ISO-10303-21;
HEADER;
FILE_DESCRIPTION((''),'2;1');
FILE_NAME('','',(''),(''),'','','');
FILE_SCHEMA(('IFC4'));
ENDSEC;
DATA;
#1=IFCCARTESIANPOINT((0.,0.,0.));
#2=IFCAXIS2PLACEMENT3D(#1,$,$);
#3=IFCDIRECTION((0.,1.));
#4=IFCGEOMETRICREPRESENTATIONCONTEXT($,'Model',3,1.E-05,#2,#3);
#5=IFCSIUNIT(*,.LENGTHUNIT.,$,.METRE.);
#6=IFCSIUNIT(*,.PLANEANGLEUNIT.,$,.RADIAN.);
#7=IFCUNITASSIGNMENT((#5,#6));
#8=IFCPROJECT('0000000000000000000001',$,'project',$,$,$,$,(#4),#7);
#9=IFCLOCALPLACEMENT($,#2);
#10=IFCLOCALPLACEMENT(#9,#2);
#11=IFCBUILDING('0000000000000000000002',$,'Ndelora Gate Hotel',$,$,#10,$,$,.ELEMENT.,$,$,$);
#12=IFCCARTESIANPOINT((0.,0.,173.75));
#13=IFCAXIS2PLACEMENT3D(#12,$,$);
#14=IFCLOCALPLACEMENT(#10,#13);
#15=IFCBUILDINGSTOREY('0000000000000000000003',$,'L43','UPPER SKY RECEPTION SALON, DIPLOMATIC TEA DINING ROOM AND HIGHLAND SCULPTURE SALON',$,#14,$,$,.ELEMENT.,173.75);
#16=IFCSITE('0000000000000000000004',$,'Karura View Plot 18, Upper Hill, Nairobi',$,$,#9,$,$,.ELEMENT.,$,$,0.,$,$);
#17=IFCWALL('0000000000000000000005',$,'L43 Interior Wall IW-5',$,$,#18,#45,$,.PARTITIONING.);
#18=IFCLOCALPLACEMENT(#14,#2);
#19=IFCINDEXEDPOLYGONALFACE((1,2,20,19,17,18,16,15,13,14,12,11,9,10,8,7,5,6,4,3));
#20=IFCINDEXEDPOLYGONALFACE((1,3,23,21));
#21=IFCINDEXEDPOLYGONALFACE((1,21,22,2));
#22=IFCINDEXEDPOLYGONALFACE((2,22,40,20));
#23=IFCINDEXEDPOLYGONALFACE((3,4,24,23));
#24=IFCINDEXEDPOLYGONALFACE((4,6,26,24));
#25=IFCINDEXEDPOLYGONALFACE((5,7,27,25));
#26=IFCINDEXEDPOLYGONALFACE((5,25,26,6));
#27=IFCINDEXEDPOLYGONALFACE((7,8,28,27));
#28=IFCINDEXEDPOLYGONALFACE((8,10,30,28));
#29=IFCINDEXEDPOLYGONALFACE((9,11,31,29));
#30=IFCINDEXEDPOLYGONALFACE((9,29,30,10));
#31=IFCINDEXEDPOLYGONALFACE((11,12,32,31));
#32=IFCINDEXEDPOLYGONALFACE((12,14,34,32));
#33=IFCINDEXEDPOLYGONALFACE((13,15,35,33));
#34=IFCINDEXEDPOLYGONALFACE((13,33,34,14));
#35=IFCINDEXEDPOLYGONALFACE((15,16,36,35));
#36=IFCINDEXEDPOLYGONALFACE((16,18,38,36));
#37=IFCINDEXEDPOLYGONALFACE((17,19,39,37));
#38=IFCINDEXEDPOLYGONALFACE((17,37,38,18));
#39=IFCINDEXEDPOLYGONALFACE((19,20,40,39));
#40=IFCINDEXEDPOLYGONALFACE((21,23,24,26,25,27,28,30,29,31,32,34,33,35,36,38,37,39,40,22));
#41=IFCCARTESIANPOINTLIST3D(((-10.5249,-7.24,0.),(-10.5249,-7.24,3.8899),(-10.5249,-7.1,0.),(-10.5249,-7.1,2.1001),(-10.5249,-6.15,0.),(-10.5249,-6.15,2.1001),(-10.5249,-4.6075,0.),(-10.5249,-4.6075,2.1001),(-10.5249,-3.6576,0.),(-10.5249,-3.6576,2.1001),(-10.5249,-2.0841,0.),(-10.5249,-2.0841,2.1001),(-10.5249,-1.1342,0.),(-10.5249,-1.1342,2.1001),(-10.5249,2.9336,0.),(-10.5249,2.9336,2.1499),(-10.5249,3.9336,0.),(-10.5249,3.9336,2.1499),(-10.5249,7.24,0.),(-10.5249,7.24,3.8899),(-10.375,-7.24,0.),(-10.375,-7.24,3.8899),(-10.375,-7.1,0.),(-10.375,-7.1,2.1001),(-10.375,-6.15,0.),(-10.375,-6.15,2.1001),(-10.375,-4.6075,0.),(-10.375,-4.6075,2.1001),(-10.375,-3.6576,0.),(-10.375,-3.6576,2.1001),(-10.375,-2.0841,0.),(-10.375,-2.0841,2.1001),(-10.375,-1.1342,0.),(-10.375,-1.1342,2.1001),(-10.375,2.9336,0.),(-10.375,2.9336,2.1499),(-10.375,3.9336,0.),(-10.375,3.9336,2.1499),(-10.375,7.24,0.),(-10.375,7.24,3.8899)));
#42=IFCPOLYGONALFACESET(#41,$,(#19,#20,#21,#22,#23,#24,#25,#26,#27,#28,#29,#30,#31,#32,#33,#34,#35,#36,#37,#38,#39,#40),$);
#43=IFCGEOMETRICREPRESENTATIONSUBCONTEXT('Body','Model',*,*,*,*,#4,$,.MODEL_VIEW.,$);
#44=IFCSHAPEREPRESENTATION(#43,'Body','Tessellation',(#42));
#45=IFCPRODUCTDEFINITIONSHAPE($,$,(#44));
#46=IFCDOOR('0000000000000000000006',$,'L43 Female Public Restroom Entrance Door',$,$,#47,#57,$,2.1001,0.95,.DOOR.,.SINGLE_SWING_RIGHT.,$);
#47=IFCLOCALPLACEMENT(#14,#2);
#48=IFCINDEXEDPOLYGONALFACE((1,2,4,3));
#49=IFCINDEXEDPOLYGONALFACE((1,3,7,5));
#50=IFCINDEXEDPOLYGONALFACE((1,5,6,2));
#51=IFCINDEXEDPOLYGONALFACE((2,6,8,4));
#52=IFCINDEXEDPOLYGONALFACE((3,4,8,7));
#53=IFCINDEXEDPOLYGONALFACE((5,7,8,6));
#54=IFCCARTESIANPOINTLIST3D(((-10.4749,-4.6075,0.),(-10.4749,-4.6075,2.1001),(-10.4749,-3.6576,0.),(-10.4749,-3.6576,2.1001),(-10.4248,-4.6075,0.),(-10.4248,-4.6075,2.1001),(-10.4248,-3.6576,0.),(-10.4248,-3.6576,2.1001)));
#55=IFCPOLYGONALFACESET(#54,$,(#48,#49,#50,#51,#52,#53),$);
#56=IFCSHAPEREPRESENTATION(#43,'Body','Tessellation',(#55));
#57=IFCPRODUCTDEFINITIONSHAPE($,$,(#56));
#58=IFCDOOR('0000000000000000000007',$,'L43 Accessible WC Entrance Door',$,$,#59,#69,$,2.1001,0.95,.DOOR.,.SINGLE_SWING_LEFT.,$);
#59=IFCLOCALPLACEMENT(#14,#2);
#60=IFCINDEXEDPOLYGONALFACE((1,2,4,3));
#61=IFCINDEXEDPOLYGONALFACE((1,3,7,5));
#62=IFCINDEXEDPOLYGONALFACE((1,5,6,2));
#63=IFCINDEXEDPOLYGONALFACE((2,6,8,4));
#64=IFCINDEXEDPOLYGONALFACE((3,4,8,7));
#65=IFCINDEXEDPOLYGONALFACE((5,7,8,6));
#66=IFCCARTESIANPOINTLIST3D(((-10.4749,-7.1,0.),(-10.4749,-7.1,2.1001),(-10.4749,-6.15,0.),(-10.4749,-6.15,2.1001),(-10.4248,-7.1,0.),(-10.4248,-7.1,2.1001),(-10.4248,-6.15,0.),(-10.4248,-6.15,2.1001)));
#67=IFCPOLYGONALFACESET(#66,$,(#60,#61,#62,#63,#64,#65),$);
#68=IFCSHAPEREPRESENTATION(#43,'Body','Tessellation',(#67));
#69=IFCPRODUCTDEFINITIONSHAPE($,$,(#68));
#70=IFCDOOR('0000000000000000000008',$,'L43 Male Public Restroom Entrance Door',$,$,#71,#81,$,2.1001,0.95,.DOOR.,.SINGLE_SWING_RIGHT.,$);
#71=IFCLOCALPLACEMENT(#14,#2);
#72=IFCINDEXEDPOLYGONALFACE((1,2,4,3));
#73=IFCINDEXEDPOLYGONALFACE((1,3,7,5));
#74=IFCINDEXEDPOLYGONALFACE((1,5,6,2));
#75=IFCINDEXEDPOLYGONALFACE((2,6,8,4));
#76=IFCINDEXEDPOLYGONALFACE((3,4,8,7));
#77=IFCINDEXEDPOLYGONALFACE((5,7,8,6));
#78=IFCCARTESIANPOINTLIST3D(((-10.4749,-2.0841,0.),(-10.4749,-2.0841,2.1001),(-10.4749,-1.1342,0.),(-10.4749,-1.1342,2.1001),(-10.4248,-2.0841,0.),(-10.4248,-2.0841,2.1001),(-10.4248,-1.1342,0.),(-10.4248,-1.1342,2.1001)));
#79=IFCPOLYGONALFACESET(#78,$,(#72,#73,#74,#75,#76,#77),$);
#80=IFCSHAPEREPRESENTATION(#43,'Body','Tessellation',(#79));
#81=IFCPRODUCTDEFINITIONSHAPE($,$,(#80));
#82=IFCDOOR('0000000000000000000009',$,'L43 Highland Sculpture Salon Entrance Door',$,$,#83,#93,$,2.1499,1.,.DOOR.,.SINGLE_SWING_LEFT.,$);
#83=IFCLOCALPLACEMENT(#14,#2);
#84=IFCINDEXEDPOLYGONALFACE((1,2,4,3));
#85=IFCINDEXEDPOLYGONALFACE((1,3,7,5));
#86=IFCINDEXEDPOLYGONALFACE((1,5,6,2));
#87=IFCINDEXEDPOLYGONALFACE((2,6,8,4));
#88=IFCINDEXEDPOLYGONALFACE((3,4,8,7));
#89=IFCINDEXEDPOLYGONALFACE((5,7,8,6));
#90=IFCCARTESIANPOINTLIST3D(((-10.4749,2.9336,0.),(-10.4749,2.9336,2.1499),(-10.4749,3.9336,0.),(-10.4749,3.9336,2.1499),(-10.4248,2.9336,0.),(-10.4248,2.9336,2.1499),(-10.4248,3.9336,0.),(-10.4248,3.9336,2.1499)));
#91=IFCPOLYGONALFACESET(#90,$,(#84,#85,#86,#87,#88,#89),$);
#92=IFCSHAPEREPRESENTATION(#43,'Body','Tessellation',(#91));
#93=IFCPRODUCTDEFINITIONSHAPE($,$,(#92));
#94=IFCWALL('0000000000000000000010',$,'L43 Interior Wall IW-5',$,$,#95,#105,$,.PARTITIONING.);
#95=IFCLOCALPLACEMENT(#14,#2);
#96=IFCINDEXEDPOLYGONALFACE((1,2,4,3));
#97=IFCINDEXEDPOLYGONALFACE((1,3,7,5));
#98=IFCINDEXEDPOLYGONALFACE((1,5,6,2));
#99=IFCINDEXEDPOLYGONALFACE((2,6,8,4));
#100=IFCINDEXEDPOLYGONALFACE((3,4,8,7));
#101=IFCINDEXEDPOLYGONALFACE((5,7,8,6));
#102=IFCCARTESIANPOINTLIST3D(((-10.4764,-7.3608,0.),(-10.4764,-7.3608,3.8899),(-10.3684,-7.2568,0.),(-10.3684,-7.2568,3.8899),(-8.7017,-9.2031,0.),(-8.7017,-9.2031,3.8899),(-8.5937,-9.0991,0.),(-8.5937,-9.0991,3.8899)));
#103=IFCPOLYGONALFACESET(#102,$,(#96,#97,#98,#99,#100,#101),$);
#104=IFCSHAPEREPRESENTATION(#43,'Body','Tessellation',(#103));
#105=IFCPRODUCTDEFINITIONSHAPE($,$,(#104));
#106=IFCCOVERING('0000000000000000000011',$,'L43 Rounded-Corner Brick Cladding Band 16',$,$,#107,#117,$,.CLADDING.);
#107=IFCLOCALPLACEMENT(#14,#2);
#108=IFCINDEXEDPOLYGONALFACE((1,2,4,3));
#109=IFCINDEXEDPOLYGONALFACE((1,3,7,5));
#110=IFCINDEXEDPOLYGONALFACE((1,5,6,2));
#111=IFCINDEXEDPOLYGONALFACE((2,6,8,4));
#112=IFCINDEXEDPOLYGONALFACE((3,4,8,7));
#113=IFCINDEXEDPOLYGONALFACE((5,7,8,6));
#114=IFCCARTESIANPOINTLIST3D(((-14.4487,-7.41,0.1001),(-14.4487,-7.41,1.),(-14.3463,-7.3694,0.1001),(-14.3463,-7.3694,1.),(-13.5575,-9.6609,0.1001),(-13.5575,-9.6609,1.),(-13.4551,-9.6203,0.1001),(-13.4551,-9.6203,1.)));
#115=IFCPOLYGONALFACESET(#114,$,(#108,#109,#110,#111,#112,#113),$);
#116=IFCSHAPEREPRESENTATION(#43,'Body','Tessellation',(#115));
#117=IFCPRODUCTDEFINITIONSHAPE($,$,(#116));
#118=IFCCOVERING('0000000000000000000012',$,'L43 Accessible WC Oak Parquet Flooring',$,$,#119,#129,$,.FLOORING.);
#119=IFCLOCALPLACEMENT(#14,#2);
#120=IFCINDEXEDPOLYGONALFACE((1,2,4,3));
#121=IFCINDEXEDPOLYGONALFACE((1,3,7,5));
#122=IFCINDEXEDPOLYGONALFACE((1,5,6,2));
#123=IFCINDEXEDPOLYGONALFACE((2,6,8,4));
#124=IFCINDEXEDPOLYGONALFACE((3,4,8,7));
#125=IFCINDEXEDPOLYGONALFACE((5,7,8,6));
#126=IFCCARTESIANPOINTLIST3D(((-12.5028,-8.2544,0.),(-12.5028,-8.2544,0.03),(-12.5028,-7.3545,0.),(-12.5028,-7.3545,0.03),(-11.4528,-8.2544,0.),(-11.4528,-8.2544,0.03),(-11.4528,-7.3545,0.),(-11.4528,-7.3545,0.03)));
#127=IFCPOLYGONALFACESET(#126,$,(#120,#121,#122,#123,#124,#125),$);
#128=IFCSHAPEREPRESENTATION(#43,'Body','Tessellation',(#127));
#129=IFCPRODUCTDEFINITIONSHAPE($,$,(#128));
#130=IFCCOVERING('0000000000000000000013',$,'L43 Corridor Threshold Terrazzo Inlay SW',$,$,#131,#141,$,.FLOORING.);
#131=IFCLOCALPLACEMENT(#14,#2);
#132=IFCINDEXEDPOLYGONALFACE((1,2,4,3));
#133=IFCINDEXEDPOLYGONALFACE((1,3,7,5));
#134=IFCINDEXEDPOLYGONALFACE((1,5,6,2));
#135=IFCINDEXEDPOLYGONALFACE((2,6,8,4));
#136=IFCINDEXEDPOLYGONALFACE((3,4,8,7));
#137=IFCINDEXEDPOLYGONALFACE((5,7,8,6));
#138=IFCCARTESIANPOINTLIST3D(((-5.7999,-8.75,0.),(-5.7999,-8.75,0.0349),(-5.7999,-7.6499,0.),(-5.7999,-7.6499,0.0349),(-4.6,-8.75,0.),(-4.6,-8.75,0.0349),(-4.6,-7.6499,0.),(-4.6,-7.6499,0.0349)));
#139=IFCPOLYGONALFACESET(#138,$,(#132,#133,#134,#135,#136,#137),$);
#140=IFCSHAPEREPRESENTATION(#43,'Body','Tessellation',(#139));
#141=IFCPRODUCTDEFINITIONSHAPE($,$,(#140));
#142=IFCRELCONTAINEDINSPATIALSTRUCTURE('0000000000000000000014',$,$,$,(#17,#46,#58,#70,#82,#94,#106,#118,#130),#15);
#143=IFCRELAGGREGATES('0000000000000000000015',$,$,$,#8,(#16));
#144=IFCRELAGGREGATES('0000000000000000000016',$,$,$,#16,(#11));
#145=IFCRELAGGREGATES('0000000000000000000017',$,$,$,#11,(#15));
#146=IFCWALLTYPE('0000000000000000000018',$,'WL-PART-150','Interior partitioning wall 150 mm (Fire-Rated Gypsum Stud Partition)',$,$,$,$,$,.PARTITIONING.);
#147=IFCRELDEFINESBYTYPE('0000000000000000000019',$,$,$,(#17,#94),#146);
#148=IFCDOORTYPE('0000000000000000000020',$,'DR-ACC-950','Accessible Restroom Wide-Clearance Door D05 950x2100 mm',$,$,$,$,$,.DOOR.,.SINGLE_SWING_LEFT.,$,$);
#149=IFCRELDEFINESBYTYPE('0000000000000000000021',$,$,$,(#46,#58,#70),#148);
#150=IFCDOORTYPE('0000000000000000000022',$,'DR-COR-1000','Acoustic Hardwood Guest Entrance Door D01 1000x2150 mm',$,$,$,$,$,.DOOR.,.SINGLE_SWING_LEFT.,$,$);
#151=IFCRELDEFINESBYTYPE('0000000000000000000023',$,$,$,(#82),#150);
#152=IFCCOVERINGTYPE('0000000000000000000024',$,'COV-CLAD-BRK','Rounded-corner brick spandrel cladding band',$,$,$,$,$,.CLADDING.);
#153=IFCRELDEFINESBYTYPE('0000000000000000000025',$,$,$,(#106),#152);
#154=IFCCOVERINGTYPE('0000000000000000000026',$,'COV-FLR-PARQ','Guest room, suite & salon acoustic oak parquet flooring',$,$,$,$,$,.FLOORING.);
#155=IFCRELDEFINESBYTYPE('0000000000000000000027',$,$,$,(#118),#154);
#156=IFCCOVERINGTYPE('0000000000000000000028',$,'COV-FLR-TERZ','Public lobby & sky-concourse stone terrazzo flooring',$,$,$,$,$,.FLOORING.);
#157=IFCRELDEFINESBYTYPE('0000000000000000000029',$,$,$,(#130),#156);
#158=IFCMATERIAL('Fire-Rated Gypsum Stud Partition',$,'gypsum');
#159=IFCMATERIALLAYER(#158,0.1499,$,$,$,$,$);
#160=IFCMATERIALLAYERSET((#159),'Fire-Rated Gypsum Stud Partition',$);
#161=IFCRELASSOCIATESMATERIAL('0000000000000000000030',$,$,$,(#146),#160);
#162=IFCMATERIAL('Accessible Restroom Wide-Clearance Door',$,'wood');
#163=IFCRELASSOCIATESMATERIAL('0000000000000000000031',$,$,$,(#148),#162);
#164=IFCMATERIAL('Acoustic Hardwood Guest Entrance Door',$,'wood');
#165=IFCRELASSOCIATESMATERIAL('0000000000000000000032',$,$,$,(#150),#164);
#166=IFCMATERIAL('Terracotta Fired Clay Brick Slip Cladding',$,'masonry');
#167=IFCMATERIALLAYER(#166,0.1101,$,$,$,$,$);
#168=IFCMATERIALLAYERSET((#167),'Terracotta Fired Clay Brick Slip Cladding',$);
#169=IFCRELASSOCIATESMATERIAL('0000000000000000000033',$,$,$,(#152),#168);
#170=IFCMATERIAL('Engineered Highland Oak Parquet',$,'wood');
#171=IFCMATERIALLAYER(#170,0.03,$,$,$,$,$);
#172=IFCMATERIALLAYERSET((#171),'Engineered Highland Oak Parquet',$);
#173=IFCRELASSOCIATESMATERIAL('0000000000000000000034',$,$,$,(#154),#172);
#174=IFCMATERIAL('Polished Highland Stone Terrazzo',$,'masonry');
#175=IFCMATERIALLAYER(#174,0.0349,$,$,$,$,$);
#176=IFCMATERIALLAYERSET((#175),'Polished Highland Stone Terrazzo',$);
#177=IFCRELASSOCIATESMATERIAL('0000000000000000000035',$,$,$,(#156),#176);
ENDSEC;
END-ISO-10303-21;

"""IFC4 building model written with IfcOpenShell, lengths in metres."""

from ifc_helpers import new_model, si_unit, direction, frame, frame_2d, origin, origin_2d, place, context, subcontext, project, spatial, rectangle, extrude, material, layer, layer_set, type_object, element, fill, save


model = new_model("IFC4")

# Units and contexts
model_context = context("Model", 3, precision=1e-05, world=origin(), true_north=direction((0.0, 1.0)))
body_context = subcontext(model_context, "Body", "Model", "MODEL_VIEW")
ifc_project = project(units=[si_unit("LENGTHUNIT", "METRE"), si_unit("PLANEANGLEUNIT", "RADIAN")], contexts=[model_context])

# Site, building, storey
site_placement = place(None, origin())
site = spatial("IfcSite", under=ifc_project, at=site_placement, Name="Karura View Plot 18, Upper Hill, Nairobi", CompositionType="ELEMENT", RefElevation=0.0)
building_placement = place(site_placement, origin())
building = spatial("IfcBuilding", under=site, at=building_placement, Name="Ndelora Gate Hotel", CompositionType="ELEMENT")
storey_placement = place(building_placement, frame((0.0, 0.0, 173.75)))
storey = spatial("IfcBuildingStorey", under=building, at=storey_placement, Name="L43", Description="UPPER SKY RECEPTION SALON, DIPLOMATIC TEA DINING ROOM AND HIGHLAND SCULPTURE SALON", CompositionType="ELEMENT", Elevation=173.75)

# Wall, openings, doors
ifc_material_1 = material(Name="Fire-Rated Gypsum Stud Partition", Category="gypsum")
ifc_layer_1 = layer(ifc_material_1, 0.1499)
ifc_layer_set_1 = layer_set([ifc_layer_1], Name="Fire-Rated Gypsum Stud Partition")
wall_type_1 = type_object("IfcWallType", Name="WL-PART-150", Description="Interior partitioning wall 150 mm (Fire-Rated Gypsum Stud Partition)", PredefinedType="PARTITIONING", material=ifc_layer_set_1)
wall_1_placement = place(storey_placement, frame((-10.45, -7.24, 0.0), z_axis=(0.0, 0.0, 1.0), x_axis=(0.0, 1.0, 0.0)))
wall_1 = element("IfcWall", 1, at=wall_1_placement, inside=storey, type_object=wall_type_1, Name="L43 Interior Wall IW-5", PredefinedType="PARTITIONING", context=body_context, shape_type="SweptSolid", body=[
    extrude(rectangle(XDim=14.48, YDim=0.1499, at=frame_2d((7.24, 0.0))), origin(), (0.0, 0.0, 1.0), 3.8899),
])
opening_1_placement = place(wall_1_placement, frame((2.6323, 0.0, 0.0)))
opening_1 = element("IfcOpeningElement", 2, at=opening_1_placement, cuts=wall_1, PredefinedType="OPENING", context=body_context, shape_type="SweptSolid", body=[
    extrude(rectangle(XDim=0.95, YDim=2.1001, at=frame_2d((0.4751, 1.05))), frame((0.0, 0.085, 0.0), z_axis=(0.0, -1.0, 0.0), x_axis=(1.0, 0.0, 0.0)), (0.0, 0.0, 1.0), 0.1699),
])
opening_2_placement = place(wall_1_placement, frame((0.1399, 0.0, 0.0)))
opening_2 = element("IfcOpeningElement", 3, at=opening_2_placement, cuts=wall_1, PredefinedType="OPENING", context=body_context, shape_type="SweptSolid", body=[
    extrude(rectangle(XDim=0.95, YDim=2.1001, at=frame_2d((0.4751, 1.05))), frame((0.0, 0.085, 0.0), z_axis=(0.0, -1.0, 0.0), x_axis=(1.0, 0.0, 0.0)), (0.0, 0.0, 1.0), 0.1699),
])
opening_3_placement = place(wall_1_placement, frame((5.1558, 0.0, 0.0)))
opening_3 = element("IfcOpeningElement", 4, at=opening_3_placement, cuts=wall_1, PredefinedType="OPENING", context=body_context, shape_type="SweptSolid", body=[
    extrude(rectangle(XDim=0.95, YDim=2.1001, at=frame_2d((0.4751, 1.05))), frame((0.0, 0.085, 0.0), z_axis=(0.0, -1.0, 0.0), x_axis=(1.0, 0.0, 0.0)), (0.0, 0.0, 1.0), 0.1699),
])
opening_4_placement = place(wall_1_placement, frame((10.1736, 0.0, 0.0)))
opening_4 = element("IfcOpeningElement", 5, at=opening_4_placement, cuts=wall_1, PredefinedType="OPENING", context=body_context, shape_type="SweptSolid", body=[
    extrude(rectangle(XDim=1.0, YDim=2.1499, at=frame_2d((0.5, 1.075))), frame((0.0, 0.085, 0.0), z_axis=(0.0, -1.0, 0.0), x_axis=(1.0, 0.0, 0.0)), (0.0, 0.0, 1.0), 0.1699),
])
ifc_material_2 = material(Name="Accessible Restroom Wide-Clearance Door", Category="wood")
door_type_1 = type_object("IfcDoorType", Name="DR-ACC-950", Description="Accessible Restroom Wide-Clearance Door D05 950x2100 mm", OperationType="SINGLE_SWING_LEFT", PredefinedType="DOOR", material=ifc_material_2)
door_1_placement = place(opening_1_placement, origin())
door_1 = element("IfcDoor", 6, at=door_1_placement, inside=storey, type_object=door_type_1, Name="L43 Female Public Restroom Entrance Door", OperationType="SINGLE_SWING_RIGHT", OverallHeight=2.1001, OverallWidth=0.95, PredefinedType="DOOR", context=body_context, shape_type="SweptSolid", body=[
    extrude(rectangle(XDim=0.95, YDim=2.1001, at=frame_2d((0.4751, 1.05))), frame((0.0, 0.0249, 0.0), z_axis=(0.0, -1.0, 0.0), x_axis=(1.0, 0.0, 0.0)), (0.0, 0.0, 1.0), 0.05),
])
fill(opening_1, door_1)
door_2_placement = place(opening_2_placement, origin())
door_2 = element("IfcDoor", 7, at=door_2_placement, inside=storey, type_object=door_type_1, Name="L43 Accessible WC Entrance Door", OperationType="SINGLE_SWING_LEFT", OverallHeight=2.1001, OverallWidth=0.95, PredefinedType="DOOR", context=body_context, shape_type="SweptSolid", body=[
    extrude(rectangle(XDim=0.95, YDim=2.1001, at=frame_2d((0.4751, 1.05))), frame((0.0, 0.0249, 0.0), z_axis=(0.0, -1.0, 0.0), x_axis=(1.0, 0.0, 0.0)), (0.0, 0.0, 1.0), 0.05),
])
fill(opening_2, door_2)
door_3_placement = place(opening_3_placement, origin())
door_3 = element("IfcDoor", 8, at=door_3_placement, inside=storey, type_object=door_type_1, Name="L43 Male Public Restroom Entrance Door", OperationType="SINGLE_SWING_RIGHT", OverallHeight=2.1001, OverallWidth=0.95, PredefinedType="DOOR", context=body_context, shape_type="SweptSolid", body=[
    extrude(rectangle(XDim=0.95, YDim=2.1001, at=frame_2d((0.4751, 1.05))), frame((0.0, 0.0249, 0.0), z_axis=(0.0, -1.0, 0.0), x_axis=(1.0, 0.0, 0.0)), (0.0, 0.0, 1.0), 0.05),
])
fill(opening_3, door_3)
ifc_material_3 = material(Name="Acoustic Hardwood Guest Entrance Door", Category="wood")
door_type_2 = type_object("IfcDoorType", Name="DR-COR-1000", Description="Acoustic Hardwood Guest Entrance Door D01 1000x2150 mm", OperationType="SINGLE_SWING_LEFT", PredefinedType="DOOR", material=ifc_material_3)
door_4_placement = place(opening_4_placement, origin())
door_4 = element("IfcDoor", 9, at=door_4_placement, inside=storey, type_object=door_type_2, Name="L43 Highland Sculpture Salon Entrance Door", OperationType="SINGLE_SWING_LEFT", OverallHeight=2.1499, OverallWidth=1.0, PredefinedType="DOOR", context=body_context, shape_type="SweptSolid", body=[
    extrude(rectangle(XDim=1.0, YDim=2.1499, at=frame_2d((0.5, 1.075))), frame((0.0, 0.0249, 0.0), z_axis=(0.0, -1.0, 0.0), x_axis=(1.0, 0.0, 0.0)), (0.0, 0.0, 1.0), 0.05),
])
fill(opening_4, door_4)

# Wall
wall_2_placement = place(storey_placement, frame((-8.6477, -9.1511, 0.0), z_axis=(0.0, 0.0, 1.0), x_axis=(-0.693765, 0.720202, 0.0)))
element("IfcWall", 10, at=wall_2_placement, inside=storey, type_object=wall_type_1, Name="L43 Interior Wall IW-5", PredefinedType="PARTITIONING", context=body_context, shape_type="SweptSolid", body=[
    extrude(rectangle(XDim=2.5581, YDim=0.1499, at=frame_2d((1.2791, 0.0))), origin(), (0.0, 0.0, 1.0), 3.8899),
])

# Coverings
ifc_material_4 = material(Name="Terracotta Fired Clay Brick Slip Cladding", Category="masonry")
ifc_layer_2 = layer(ifc_material_4, 0.1101)
ifc_layer_set_2 = layer_set([ifc_layer_2], Name="Terracotta Fired Clay Brick Slip Cladding")
covering_type_1 = type_object("IfcCoveringType", Name="COV-CLAD-BRK", Description="Rounded-corner brick spandrel cladding band", PredefinedType="CLADDING", material=ifc_layer_set_2)
covering_1_placement = place(storey_placement, frame((-13.9519, -8.5151, 0.1001), z_axis=(0.0, 0.0, 1.0), x_axis=(-0.368125, 0.929776, 0.0)))
element("IfcCovering", 11, at=covering_1_placement, inside=storey, type_object=covering_type_1, Name="L43 Rounded-Corner Brick Cladding Band 16", PredefinedType="CLADDING", context=body_context, shape_type="SweptSolid", body=[
    extrude(rectangle(XDim=2.4209, YDim=0.1101, at=origin_2d()), origin(), (0.0, 0.0, 1.0), 0.8999),
])
ifc_material_5 = material(Name="Engineered Highland Oak Parquet", Category="wood")
ifc_layer_3 = layer(ifc_material_5, 0.03)
ifc_layer_set_3 = layer_set([ifc_layer_3], Name="Engineered Highland Oak Parquet")
covering_type_2 = type_object("IfcCoveringType", Name="COV-FLR-PARQ", Description="Guest room, suite & salon acoustic oak parquet flooring", PredefinedType="FLOORING", material=ifc_layer_set_3)
covering_2_placement = place(storey_placement, frame((-11.9778, -7.8044, 0.0), z_axis=(0.0, 0.0, 1.0), x_axis=(1.0, 0.0, 0.0)))
element("IfcCovering", 12, at=covering_2_placement, inside=storey, type_object=covering_type_2, Name="L43 Accessible WC Oak Parquet Flooring", PredefinedType="FLOORING", context=body_context, shape_type="SweptSolid", body=[
    extrude(rectangle(XDim=1.05, YDim=0.8999, at=origin_2d()), origin(), (0.0, 0.0, 1.0), 0.03),
])
ifc_material_6 = material(Name="Polished Highland Stone Terrazzo", Category="masonry")
ifc_layer_4 = layer(ifc_material_6, 0.0349)
ifc_layer_set_4 = layer_set([ifc_layer_4], Name="Polished Highland Stone Terrazzo")
covering_type_3 = type_object("IfcCoveringType", Name="COV-FLR-TERZ", Description="Public lobby & sky-concourse stone terrazzo flooring", PredefinedType="FLOORING", material=ifc_layer_set_4)
covering_3_placement = place(storey_placement, frame((-5.2, -8.2, 0.0), z_axis=(0.0, 0.0, 1.0), x_axis=(1.0, 0.0, 0.0)))
element("IfcCovering", 13, at=covering_3_placement, inside=storey, type_object=covering_type_3, Name="L43 Corridor Threshold Terrazzo Inlay SW", PredefinedType="FLOORING", context=body_context, shape_type="SweptSolid", body=[
    extrude(rectangle(XDim=1.2, YDim=1.1001, at=origin_2d()), origin(), (0.0, 0.0, 1.0), 0.0349),
])

save(model, "model.ifc")
